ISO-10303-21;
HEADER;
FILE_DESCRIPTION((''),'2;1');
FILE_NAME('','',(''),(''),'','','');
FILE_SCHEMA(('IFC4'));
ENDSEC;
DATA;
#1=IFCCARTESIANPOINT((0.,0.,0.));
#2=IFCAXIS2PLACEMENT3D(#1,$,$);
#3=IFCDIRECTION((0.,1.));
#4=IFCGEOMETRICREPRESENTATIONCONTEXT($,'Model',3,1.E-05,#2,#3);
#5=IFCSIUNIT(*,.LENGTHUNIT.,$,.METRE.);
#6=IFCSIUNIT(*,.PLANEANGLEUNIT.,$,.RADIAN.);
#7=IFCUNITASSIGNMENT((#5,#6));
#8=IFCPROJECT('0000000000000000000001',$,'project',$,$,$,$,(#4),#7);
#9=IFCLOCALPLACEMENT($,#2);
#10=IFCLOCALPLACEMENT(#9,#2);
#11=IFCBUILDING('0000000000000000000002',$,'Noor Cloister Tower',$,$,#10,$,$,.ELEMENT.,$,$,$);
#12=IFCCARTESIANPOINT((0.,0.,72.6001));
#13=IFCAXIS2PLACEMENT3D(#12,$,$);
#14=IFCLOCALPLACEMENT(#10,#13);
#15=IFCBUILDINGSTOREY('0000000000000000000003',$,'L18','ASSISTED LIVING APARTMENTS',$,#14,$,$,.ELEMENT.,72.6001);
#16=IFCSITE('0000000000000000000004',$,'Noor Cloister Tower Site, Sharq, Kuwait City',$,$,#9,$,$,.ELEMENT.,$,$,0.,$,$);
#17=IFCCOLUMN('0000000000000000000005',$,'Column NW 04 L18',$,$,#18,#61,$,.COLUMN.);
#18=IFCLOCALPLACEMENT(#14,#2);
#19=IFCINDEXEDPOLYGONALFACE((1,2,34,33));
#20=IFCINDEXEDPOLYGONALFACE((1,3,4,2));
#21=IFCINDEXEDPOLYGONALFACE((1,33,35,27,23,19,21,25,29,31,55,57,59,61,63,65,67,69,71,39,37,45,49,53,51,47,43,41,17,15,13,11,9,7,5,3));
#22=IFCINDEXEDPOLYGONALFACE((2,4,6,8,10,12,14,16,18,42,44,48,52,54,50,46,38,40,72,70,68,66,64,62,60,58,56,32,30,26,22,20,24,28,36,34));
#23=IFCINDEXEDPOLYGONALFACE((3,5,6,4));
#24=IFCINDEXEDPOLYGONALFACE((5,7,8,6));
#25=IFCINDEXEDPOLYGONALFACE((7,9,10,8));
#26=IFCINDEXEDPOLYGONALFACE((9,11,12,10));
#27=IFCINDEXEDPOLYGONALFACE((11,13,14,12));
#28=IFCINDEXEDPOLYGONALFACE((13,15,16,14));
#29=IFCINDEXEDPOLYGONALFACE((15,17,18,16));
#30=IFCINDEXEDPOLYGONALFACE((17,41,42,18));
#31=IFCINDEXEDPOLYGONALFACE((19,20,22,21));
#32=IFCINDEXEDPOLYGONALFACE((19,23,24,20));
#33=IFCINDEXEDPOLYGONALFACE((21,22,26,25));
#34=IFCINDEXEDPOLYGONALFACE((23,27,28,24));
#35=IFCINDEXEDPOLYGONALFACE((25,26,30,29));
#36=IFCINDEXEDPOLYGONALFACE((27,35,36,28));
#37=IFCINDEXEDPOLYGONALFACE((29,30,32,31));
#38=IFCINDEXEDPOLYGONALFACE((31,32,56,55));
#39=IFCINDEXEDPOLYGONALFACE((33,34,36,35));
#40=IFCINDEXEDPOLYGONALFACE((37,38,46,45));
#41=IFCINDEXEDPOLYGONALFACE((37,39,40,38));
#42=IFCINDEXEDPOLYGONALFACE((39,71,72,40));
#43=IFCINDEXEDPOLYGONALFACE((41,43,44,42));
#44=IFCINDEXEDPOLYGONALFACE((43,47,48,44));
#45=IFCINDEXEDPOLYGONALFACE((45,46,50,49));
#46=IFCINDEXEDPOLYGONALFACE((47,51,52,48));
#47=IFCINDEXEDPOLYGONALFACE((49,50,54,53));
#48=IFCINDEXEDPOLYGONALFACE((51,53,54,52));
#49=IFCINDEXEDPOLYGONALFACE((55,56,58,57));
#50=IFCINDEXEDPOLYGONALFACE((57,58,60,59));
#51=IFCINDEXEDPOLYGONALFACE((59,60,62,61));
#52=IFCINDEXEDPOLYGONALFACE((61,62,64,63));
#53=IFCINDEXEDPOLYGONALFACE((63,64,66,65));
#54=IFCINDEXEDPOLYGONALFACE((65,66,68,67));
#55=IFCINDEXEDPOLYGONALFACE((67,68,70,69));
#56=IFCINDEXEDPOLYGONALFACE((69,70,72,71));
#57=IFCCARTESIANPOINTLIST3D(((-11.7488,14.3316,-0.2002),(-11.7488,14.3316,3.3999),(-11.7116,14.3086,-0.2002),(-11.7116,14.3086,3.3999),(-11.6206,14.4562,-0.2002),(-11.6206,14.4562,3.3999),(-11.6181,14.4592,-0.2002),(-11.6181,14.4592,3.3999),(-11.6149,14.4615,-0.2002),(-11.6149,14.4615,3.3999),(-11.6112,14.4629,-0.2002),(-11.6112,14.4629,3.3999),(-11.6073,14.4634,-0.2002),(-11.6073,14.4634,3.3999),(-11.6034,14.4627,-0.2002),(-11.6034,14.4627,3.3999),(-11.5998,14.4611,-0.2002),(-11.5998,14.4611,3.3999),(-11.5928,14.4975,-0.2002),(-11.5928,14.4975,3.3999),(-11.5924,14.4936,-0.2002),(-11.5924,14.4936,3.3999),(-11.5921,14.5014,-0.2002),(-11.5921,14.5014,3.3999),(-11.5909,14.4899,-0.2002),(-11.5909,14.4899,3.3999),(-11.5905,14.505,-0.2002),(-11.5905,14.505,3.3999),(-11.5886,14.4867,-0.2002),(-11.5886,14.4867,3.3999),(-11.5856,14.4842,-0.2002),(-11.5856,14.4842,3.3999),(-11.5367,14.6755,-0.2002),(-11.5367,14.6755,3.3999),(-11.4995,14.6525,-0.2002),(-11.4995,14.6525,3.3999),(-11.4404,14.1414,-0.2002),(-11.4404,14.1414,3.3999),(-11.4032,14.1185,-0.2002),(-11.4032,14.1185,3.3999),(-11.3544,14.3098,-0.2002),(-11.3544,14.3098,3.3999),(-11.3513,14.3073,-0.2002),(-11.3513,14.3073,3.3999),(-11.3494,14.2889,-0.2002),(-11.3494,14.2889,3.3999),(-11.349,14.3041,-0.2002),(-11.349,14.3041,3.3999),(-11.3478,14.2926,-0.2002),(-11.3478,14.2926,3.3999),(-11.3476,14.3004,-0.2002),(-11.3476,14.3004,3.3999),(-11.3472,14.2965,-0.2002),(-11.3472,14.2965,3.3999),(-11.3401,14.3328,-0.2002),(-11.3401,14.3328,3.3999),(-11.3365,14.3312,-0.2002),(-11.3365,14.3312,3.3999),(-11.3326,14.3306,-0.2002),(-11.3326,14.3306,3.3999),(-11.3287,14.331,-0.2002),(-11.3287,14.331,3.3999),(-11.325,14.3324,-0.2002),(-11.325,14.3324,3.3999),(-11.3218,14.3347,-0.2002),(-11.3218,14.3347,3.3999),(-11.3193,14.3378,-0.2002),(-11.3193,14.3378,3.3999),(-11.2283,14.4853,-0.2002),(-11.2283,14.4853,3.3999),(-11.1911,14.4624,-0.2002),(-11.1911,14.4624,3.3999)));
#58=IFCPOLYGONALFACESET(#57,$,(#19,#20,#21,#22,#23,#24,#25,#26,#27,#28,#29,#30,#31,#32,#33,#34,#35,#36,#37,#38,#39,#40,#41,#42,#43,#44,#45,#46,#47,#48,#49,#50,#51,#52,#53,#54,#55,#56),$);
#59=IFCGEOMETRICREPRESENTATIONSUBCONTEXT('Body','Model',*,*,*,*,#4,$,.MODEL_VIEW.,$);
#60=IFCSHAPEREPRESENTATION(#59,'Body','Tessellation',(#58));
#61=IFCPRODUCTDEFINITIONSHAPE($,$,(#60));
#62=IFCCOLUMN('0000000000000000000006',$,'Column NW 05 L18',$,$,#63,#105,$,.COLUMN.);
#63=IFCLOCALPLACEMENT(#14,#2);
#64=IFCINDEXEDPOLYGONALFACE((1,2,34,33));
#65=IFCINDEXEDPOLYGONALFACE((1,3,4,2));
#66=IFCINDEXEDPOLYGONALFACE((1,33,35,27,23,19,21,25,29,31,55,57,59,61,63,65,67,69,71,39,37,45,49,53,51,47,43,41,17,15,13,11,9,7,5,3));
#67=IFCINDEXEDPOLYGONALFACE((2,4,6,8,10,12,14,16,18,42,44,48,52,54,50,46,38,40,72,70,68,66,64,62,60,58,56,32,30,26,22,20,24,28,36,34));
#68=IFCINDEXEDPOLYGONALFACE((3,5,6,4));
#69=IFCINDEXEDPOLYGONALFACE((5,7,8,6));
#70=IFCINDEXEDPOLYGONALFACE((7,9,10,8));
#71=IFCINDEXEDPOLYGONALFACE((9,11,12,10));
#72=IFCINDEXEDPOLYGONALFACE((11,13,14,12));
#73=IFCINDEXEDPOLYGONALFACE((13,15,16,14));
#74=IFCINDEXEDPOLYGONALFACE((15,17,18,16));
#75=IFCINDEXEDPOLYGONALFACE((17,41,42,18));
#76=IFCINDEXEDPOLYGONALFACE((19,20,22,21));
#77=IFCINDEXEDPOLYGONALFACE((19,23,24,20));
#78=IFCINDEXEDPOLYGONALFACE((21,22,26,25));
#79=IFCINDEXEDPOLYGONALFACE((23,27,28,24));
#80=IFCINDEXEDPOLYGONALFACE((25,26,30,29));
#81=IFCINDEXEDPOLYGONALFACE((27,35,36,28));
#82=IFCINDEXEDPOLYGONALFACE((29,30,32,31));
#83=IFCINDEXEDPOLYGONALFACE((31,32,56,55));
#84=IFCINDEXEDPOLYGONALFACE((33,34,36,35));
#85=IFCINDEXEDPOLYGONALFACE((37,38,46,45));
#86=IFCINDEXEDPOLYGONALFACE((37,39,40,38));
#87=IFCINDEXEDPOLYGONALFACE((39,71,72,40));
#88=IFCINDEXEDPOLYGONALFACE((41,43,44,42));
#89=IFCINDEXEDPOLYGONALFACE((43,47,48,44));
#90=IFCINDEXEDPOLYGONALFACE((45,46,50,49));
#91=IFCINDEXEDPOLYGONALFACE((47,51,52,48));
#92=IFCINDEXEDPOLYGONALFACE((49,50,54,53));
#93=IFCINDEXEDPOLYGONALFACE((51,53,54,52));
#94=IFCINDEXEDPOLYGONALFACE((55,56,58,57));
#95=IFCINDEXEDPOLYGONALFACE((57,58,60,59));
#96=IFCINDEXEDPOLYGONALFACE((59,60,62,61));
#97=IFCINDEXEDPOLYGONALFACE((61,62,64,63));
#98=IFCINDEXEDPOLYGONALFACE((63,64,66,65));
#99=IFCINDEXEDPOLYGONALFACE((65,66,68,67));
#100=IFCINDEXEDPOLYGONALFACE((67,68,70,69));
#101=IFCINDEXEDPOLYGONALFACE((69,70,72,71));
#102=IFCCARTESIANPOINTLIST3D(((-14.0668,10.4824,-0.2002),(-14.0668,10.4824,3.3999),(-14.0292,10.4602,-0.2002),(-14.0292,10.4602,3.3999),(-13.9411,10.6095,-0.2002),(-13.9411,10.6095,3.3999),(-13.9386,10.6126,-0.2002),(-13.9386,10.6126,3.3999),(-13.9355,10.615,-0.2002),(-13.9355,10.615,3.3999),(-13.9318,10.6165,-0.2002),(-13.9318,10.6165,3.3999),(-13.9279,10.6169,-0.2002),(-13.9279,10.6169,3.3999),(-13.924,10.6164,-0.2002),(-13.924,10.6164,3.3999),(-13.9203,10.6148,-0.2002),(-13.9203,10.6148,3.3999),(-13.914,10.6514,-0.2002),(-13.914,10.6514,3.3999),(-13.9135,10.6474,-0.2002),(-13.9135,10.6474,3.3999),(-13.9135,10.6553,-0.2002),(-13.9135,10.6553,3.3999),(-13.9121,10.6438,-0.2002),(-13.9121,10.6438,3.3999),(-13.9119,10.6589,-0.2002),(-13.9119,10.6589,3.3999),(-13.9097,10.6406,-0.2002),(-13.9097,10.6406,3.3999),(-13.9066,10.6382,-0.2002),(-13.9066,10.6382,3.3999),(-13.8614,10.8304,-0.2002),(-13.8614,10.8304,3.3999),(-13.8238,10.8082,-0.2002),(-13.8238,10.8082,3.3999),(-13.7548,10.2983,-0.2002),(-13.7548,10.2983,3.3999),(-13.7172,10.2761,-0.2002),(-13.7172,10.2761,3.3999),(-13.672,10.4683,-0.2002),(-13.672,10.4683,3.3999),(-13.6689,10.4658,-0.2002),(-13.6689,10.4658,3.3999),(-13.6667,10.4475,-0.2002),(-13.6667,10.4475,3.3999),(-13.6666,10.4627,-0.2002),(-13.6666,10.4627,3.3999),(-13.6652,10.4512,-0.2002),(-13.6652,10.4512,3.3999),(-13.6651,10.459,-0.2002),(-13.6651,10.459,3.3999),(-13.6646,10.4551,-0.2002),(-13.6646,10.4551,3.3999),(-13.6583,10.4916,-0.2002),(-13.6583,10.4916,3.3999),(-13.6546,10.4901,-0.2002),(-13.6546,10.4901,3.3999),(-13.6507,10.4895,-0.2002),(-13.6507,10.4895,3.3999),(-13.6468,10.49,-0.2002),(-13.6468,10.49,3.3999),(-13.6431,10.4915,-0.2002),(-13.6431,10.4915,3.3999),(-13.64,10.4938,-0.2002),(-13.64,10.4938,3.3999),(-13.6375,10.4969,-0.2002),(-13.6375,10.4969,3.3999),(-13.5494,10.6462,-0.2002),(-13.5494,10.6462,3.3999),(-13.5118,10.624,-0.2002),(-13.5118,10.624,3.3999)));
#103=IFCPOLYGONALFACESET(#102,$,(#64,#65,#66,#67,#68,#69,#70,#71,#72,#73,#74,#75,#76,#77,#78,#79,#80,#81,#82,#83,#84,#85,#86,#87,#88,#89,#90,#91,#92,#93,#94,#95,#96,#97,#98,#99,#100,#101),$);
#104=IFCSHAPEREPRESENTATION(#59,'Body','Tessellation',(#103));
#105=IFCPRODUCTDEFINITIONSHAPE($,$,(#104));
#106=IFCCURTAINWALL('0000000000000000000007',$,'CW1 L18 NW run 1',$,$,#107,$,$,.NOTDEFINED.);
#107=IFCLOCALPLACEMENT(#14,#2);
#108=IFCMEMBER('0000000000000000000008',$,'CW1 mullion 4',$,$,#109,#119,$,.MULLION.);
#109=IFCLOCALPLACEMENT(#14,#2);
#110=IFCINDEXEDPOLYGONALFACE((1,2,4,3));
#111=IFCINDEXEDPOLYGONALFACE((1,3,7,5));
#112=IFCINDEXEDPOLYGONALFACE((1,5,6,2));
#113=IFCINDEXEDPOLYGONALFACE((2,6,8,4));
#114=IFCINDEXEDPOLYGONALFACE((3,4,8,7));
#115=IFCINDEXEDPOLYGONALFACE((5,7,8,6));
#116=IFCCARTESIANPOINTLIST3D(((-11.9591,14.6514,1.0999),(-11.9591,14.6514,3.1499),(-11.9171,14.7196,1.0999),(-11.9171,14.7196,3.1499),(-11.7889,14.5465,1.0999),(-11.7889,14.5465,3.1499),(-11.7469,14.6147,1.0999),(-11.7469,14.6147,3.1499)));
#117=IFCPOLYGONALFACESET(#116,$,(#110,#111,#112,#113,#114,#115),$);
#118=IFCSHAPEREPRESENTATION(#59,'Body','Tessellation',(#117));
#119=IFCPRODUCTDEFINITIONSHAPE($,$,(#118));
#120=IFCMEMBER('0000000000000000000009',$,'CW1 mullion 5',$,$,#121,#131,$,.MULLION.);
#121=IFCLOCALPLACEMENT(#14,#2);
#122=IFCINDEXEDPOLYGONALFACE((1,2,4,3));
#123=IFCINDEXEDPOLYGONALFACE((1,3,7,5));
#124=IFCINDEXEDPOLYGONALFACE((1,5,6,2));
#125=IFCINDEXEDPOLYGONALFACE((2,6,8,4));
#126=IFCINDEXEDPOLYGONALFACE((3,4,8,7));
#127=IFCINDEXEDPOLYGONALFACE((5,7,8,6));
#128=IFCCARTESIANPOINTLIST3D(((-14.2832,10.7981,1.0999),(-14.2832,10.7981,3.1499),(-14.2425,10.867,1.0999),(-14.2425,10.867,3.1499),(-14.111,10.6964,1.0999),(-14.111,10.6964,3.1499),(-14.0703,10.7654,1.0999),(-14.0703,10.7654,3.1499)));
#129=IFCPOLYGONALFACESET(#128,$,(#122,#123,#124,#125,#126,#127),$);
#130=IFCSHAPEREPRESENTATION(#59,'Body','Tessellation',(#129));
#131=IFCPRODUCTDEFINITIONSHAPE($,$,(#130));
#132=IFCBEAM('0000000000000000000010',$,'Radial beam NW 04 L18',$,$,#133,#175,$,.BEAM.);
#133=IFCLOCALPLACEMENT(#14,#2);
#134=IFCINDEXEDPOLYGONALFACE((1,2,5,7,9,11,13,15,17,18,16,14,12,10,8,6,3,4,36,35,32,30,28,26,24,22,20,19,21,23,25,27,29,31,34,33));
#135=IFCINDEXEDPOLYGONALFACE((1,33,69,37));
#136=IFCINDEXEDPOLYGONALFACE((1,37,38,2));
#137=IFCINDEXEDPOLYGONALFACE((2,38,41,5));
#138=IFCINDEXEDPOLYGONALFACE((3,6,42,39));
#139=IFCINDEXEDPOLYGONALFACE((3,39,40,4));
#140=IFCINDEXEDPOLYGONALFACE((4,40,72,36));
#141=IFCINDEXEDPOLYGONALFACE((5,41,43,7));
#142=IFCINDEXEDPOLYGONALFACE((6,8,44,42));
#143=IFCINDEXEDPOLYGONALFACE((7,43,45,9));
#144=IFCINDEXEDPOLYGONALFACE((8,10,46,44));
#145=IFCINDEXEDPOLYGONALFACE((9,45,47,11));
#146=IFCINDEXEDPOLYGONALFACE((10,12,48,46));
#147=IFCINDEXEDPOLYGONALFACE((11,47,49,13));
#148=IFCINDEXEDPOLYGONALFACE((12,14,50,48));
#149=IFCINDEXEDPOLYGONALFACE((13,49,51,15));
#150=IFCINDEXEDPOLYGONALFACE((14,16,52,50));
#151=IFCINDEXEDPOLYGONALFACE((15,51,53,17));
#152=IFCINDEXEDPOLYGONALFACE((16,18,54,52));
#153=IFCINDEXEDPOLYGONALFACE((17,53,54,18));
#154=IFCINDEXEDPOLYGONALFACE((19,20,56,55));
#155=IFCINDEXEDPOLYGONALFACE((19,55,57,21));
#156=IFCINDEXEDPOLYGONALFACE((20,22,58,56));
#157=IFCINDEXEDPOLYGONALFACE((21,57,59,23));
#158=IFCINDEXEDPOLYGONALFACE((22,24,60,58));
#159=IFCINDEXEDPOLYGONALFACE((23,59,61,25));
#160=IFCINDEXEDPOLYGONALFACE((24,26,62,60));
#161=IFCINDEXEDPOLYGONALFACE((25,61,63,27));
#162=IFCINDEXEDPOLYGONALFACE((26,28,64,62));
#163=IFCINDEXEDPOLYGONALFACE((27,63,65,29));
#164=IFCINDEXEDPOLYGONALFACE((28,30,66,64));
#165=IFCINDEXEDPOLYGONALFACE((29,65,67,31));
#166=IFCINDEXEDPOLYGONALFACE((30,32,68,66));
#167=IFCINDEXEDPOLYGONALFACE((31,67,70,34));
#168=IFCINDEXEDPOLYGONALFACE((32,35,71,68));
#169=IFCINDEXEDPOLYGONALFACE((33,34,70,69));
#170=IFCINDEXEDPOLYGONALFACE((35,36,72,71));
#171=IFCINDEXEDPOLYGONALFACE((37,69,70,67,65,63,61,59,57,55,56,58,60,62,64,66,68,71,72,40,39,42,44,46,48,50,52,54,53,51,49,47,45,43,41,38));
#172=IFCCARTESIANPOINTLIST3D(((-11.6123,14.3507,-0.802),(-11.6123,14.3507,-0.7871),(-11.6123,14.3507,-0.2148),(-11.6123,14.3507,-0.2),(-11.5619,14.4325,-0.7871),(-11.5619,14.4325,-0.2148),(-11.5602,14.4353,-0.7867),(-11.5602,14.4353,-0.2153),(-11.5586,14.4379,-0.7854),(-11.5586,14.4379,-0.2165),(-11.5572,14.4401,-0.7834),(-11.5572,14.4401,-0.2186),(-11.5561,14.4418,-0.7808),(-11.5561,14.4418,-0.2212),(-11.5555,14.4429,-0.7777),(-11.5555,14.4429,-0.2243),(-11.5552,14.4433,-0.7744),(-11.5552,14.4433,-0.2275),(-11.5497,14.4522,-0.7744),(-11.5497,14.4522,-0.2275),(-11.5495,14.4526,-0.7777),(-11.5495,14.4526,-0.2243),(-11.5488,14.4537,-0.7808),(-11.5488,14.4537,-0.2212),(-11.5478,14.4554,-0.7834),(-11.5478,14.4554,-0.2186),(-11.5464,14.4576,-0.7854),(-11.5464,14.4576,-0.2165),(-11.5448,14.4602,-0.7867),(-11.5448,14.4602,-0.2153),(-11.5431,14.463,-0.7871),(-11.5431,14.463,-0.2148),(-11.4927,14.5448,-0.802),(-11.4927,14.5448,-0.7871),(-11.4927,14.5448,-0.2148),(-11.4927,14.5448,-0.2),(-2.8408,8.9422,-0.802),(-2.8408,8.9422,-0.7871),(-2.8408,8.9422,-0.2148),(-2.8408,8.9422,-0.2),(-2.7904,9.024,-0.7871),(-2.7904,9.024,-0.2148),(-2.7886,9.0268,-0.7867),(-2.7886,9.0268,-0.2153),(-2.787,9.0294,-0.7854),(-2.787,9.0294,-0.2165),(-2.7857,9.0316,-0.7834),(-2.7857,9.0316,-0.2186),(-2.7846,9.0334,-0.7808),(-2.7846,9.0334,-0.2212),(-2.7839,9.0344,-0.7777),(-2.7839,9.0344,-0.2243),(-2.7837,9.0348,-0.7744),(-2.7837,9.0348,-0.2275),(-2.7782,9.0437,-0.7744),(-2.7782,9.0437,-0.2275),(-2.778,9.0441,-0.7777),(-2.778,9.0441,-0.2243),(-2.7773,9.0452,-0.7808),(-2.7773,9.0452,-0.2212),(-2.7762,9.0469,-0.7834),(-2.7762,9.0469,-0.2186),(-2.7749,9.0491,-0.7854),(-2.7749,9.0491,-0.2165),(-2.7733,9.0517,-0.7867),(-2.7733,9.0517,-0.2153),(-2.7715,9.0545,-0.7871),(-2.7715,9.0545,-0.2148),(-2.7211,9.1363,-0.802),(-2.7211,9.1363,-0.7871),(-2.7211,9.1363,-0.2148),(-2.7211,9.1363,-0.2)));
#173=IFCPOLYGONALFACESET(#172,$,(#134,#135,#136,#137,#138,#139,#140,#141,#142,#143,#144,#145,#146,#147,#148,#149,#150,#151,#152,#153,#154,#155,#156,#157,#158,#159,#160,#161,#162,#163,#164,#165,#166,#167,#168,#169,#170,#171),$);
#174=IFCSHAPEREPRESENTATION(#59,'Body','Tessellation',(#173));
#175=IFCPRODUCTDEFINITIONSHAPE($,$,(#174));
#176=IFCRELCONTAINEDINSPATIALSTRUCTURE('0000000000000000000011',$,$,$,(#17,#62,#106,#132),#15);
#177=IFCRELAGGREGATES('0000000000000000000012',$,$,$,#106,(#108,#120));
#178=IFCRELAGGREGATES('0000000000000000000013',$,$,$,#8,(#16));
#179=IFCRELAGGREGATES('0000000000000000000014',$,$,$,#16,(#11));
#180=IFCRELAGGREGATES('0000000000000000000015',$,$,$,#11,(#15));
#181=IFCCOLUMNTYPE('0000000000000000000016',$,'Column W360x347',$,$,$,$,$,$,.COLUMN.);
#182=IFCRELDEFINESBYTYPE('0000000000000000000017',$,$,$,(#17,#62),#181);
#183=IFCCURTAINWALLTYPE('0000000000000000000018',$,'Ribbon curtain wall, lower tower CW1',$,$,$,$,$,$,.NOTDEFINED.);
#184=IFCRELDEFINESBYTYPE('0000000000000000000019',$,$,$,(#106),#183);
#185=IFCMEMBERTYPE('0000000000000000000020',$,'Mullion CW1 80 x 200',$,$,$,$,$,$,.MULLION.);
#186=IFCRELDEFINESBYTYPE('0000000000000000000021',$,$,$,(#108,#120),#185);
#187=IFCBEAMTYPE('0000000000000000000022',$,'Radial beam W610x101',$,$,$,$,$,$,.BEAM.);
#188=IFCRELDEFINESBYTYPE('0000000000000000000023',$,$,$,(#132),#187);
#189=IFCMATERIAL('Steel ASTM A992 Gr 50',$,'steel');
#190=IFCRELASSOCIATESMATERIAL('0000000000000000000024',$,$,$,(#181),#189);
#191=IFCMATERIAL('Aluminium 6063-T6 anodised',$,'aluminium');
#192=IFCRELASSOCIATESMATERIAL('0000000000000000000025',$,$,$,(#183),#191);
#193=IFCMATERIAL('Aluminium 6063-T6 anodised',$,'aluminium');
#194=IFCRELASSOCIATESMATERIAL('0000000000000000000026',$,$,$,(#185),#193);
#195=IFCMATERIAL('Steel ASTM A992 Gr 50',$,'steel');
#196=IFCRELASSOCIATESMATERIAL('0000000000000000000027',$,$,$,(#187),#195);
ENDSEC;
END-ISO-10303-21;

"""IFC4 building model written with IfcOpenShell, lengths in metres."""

from ifc_helpers import new_model, si_unit, direction, frame, origin, origin_2d, place, context, subcontext, project, spatial, rectangle, i_section, extrude, material, material_profile, profile_set, type_object, element, aggregate, save


model = new_model("IFC4")

# Units and contexts
model_context = context("Model", 3, precision=1e-05, world=origin(), true_north=direction((0.0, 1.0)))
body_context = subcontext(model_context, "Body", "Model", "MODEL_VIEW")
ifc_project = project(units=[si_unit("LENGTHUNIT", "METRE"), si_unit("PLANEANGLEUNIT", "RADIAN")], contexts=[model_context])

# Site, building, storey
site_placement = place(None, origin())
site = spatial("IfcSite", under=ifc_project, at=site_placement, Name="Noor Cloister Tower Site, Sharq, Kuwait City", CompositionType="ELEMENT", RefElevation=0.0)
building_placement = place(site_placement, origin())
building = spatial("IfcBuilding", under=site, at=building_placement, Name="Noor Cloister Tower", CompositionType="ELEMENT")
storey_placement = place(building_placement, frame((0.0, 0.0, 72.6001)))
storey = spatial("IfcBuildingStorey", under=building, at=storey_placement, Name="L18", Description="ASSISTED LIVING APARTMENTS", CompositionType="ELEMENT", Elevation=72.6001)

# Columns
ifc_material_1 = material(Name="Steel ASTM A992 Gr 50", Category="steel")
ifc_material_profile_1 = material_profile(ifc_material_1, i_section(OverallWidth=0.4041, OverallDepth=0.406, WebThickness=0.0271, FlangeThickness=0.0437, FilletRadius=0.0151, at=origin_2d()), Name="W360x347")
ifc_profile_set_1 = profile_set([ifc_material_profile_1], Name="Steel ASTM A992 Gr 50")
column_type = type_object("IfcColumnType", Name="Column W360x347", PredefinedType="COLUMN", material=ifc_profile_set_1)
for number, where, z_axis, x_axis, name in (
    (1, (-11.47, 14.397, -0.2002), (0.0, 0.0, 1.0), (-0.524849, -0.851196, 0.0), "Column NW 04 L18"),
    (2, (-13.7893, 10.5532, -0.2002), (0.0, 0.0, 1.0), (-0.50833, -0.861162, 0.0), "Column NW 05 L18"),
):
    element("IfcColumn", number, at=place(storey_placement, frame(where, z_axis=z_axis, x_axis=x_axis)), inside=storey, type_object=column_type, Name=name, PredefinedType="COLUMN", context=body_context, shape_type="SweptSolid", body=[
        extrude(i_section(OverallWidth=0.4041, OverallDepth=0.406, WebThickness=0.0271, FlangeThickness=0.0437, FilletRadius=0.0151, at=origin_2d()), origin(), (0.0, 0.0, 1.0), 3.6001),
    ])

# Curtain wall, members
ifc_material_2 = material(Name="Aluminium 6063-T6 anodised", Category="aluminium")
curtain_wall_type = type_object("IfcCurtainWallType", Name="Ribbon curtain wall, lower tower CW1", PredefinedType="NOTDEFINED", material=ifc_material_2)
curtain_wall_placement = place(storey_placement, origin())
curtain_wall = element("IfcCurtainWall", 3, at=curtain_wall_placement, inside=storey, type_object=curtain_wall_type, Name="CW1 L18 NW run 1", PredefinedType="NOTDEFINED")
ifc_material_3 = material(Name="Aluminium 6063-T6 anodised", Category="aluminium")
ifc_material_profile_2 = material_profile(ifc_material_3, rectangle(XDim=0.2, YDim=0.0801, at=origin_2d()), Name="200 x 80 mullion")
ifc_profile_set_2 = profile_set([ifc_material_profile_2], Name="Aluminium 6063-T6 anodised")
member_type = type_object("IfcMemberType", Name="Mullion CW1 80 x 200", PredefinedType="MULLION", material=ifc_profile_set_2)
member_1_placement = place(storey_placement, frame((-11.853, 14.6331, 1.0999), z_axis=(0.0, 0.0, 1.0), x_axis=(0.851196, -0.524849, 0.0)))
member_1 = element("IfcMember", 4, at=member_1_placement, type_object=member_type, Name="CW1 mullion 4", PredefinedType="MULLION", context=body_context, shape_type="SweptSolid", body=[
    extrude(rectangle(XDim=0.2, YDim=0.0801, at=origin_2d()), origin(), (0.0, 0.0, 1.0), 2.05),
])
member_2_placement = place(storey_placement, frame((-14.1768, 10.7817, 1.0999), z_axis=(0.0, 0.0, 1.0), x_axis=(0.861162, -0.50833, 0.0)))
member_2 = element("IfcMember", 5, at=member_2_placement, type_object=member_type, Name="CW1 mullion 5", PredefinedType="MULLION", context=body_context, shape_type="SweptSolid", body=[
    extrude(rectangle(XDim=0.2, YDim=0.0801, at=origin_2d()), origin(), (0.0, 0.0, 1.0), 2.05),
])

# Beam
ifc_material_4 = material(Name="Steel ASTM A992 Gr 50", Category="steel")
ifc_material_profile_3 = material_profile(ifc_material_4, i_section(OverallWidth=0.228, OverallDepth=0.6021, WebThickness=0.0105, FlangeThickness=0.0149, FilletRadius=0.0127, at=origin_2d()), Name="W610x101")
ifc_profile_set_3 = profile_set([ifc_material_profile_3], Name="Steel ASTM A992 Gr 50")
beam_type_1 = type_object("IfcBeamType", Name="Radial beam W610x101", PredefinedType="BEAM", material=ifc_profile_set_3)
beam_1_placement = place(storey_placement, frame((-11.5525, 14.4478, -0.501), z_axis=(0.851198, -0.524844, 0.0), x_axis=(0.524844, 0.851198, 0.0)))
element("IfcBeam", 6, at=beam_1_placement, inside=storey, type_object=beam_type_1, Name="Radial beam NW 04 L18", PredefinedType="BEAM", context=body_context, shape_type="SweptSolid", body=[
    extrude(i_section(OverallWidth=0.228, OverallDepth=0.6021, WebThickness=0.0105, FlangeThickness=0.0149, FilletRadius=0.0127, at=origin_2d()), origin(), (0.0, 0.0, 1.0), 10.3049),
])

aggregate(curtain_wall, [member_1, member_2])

save(model, "model.ifc")
